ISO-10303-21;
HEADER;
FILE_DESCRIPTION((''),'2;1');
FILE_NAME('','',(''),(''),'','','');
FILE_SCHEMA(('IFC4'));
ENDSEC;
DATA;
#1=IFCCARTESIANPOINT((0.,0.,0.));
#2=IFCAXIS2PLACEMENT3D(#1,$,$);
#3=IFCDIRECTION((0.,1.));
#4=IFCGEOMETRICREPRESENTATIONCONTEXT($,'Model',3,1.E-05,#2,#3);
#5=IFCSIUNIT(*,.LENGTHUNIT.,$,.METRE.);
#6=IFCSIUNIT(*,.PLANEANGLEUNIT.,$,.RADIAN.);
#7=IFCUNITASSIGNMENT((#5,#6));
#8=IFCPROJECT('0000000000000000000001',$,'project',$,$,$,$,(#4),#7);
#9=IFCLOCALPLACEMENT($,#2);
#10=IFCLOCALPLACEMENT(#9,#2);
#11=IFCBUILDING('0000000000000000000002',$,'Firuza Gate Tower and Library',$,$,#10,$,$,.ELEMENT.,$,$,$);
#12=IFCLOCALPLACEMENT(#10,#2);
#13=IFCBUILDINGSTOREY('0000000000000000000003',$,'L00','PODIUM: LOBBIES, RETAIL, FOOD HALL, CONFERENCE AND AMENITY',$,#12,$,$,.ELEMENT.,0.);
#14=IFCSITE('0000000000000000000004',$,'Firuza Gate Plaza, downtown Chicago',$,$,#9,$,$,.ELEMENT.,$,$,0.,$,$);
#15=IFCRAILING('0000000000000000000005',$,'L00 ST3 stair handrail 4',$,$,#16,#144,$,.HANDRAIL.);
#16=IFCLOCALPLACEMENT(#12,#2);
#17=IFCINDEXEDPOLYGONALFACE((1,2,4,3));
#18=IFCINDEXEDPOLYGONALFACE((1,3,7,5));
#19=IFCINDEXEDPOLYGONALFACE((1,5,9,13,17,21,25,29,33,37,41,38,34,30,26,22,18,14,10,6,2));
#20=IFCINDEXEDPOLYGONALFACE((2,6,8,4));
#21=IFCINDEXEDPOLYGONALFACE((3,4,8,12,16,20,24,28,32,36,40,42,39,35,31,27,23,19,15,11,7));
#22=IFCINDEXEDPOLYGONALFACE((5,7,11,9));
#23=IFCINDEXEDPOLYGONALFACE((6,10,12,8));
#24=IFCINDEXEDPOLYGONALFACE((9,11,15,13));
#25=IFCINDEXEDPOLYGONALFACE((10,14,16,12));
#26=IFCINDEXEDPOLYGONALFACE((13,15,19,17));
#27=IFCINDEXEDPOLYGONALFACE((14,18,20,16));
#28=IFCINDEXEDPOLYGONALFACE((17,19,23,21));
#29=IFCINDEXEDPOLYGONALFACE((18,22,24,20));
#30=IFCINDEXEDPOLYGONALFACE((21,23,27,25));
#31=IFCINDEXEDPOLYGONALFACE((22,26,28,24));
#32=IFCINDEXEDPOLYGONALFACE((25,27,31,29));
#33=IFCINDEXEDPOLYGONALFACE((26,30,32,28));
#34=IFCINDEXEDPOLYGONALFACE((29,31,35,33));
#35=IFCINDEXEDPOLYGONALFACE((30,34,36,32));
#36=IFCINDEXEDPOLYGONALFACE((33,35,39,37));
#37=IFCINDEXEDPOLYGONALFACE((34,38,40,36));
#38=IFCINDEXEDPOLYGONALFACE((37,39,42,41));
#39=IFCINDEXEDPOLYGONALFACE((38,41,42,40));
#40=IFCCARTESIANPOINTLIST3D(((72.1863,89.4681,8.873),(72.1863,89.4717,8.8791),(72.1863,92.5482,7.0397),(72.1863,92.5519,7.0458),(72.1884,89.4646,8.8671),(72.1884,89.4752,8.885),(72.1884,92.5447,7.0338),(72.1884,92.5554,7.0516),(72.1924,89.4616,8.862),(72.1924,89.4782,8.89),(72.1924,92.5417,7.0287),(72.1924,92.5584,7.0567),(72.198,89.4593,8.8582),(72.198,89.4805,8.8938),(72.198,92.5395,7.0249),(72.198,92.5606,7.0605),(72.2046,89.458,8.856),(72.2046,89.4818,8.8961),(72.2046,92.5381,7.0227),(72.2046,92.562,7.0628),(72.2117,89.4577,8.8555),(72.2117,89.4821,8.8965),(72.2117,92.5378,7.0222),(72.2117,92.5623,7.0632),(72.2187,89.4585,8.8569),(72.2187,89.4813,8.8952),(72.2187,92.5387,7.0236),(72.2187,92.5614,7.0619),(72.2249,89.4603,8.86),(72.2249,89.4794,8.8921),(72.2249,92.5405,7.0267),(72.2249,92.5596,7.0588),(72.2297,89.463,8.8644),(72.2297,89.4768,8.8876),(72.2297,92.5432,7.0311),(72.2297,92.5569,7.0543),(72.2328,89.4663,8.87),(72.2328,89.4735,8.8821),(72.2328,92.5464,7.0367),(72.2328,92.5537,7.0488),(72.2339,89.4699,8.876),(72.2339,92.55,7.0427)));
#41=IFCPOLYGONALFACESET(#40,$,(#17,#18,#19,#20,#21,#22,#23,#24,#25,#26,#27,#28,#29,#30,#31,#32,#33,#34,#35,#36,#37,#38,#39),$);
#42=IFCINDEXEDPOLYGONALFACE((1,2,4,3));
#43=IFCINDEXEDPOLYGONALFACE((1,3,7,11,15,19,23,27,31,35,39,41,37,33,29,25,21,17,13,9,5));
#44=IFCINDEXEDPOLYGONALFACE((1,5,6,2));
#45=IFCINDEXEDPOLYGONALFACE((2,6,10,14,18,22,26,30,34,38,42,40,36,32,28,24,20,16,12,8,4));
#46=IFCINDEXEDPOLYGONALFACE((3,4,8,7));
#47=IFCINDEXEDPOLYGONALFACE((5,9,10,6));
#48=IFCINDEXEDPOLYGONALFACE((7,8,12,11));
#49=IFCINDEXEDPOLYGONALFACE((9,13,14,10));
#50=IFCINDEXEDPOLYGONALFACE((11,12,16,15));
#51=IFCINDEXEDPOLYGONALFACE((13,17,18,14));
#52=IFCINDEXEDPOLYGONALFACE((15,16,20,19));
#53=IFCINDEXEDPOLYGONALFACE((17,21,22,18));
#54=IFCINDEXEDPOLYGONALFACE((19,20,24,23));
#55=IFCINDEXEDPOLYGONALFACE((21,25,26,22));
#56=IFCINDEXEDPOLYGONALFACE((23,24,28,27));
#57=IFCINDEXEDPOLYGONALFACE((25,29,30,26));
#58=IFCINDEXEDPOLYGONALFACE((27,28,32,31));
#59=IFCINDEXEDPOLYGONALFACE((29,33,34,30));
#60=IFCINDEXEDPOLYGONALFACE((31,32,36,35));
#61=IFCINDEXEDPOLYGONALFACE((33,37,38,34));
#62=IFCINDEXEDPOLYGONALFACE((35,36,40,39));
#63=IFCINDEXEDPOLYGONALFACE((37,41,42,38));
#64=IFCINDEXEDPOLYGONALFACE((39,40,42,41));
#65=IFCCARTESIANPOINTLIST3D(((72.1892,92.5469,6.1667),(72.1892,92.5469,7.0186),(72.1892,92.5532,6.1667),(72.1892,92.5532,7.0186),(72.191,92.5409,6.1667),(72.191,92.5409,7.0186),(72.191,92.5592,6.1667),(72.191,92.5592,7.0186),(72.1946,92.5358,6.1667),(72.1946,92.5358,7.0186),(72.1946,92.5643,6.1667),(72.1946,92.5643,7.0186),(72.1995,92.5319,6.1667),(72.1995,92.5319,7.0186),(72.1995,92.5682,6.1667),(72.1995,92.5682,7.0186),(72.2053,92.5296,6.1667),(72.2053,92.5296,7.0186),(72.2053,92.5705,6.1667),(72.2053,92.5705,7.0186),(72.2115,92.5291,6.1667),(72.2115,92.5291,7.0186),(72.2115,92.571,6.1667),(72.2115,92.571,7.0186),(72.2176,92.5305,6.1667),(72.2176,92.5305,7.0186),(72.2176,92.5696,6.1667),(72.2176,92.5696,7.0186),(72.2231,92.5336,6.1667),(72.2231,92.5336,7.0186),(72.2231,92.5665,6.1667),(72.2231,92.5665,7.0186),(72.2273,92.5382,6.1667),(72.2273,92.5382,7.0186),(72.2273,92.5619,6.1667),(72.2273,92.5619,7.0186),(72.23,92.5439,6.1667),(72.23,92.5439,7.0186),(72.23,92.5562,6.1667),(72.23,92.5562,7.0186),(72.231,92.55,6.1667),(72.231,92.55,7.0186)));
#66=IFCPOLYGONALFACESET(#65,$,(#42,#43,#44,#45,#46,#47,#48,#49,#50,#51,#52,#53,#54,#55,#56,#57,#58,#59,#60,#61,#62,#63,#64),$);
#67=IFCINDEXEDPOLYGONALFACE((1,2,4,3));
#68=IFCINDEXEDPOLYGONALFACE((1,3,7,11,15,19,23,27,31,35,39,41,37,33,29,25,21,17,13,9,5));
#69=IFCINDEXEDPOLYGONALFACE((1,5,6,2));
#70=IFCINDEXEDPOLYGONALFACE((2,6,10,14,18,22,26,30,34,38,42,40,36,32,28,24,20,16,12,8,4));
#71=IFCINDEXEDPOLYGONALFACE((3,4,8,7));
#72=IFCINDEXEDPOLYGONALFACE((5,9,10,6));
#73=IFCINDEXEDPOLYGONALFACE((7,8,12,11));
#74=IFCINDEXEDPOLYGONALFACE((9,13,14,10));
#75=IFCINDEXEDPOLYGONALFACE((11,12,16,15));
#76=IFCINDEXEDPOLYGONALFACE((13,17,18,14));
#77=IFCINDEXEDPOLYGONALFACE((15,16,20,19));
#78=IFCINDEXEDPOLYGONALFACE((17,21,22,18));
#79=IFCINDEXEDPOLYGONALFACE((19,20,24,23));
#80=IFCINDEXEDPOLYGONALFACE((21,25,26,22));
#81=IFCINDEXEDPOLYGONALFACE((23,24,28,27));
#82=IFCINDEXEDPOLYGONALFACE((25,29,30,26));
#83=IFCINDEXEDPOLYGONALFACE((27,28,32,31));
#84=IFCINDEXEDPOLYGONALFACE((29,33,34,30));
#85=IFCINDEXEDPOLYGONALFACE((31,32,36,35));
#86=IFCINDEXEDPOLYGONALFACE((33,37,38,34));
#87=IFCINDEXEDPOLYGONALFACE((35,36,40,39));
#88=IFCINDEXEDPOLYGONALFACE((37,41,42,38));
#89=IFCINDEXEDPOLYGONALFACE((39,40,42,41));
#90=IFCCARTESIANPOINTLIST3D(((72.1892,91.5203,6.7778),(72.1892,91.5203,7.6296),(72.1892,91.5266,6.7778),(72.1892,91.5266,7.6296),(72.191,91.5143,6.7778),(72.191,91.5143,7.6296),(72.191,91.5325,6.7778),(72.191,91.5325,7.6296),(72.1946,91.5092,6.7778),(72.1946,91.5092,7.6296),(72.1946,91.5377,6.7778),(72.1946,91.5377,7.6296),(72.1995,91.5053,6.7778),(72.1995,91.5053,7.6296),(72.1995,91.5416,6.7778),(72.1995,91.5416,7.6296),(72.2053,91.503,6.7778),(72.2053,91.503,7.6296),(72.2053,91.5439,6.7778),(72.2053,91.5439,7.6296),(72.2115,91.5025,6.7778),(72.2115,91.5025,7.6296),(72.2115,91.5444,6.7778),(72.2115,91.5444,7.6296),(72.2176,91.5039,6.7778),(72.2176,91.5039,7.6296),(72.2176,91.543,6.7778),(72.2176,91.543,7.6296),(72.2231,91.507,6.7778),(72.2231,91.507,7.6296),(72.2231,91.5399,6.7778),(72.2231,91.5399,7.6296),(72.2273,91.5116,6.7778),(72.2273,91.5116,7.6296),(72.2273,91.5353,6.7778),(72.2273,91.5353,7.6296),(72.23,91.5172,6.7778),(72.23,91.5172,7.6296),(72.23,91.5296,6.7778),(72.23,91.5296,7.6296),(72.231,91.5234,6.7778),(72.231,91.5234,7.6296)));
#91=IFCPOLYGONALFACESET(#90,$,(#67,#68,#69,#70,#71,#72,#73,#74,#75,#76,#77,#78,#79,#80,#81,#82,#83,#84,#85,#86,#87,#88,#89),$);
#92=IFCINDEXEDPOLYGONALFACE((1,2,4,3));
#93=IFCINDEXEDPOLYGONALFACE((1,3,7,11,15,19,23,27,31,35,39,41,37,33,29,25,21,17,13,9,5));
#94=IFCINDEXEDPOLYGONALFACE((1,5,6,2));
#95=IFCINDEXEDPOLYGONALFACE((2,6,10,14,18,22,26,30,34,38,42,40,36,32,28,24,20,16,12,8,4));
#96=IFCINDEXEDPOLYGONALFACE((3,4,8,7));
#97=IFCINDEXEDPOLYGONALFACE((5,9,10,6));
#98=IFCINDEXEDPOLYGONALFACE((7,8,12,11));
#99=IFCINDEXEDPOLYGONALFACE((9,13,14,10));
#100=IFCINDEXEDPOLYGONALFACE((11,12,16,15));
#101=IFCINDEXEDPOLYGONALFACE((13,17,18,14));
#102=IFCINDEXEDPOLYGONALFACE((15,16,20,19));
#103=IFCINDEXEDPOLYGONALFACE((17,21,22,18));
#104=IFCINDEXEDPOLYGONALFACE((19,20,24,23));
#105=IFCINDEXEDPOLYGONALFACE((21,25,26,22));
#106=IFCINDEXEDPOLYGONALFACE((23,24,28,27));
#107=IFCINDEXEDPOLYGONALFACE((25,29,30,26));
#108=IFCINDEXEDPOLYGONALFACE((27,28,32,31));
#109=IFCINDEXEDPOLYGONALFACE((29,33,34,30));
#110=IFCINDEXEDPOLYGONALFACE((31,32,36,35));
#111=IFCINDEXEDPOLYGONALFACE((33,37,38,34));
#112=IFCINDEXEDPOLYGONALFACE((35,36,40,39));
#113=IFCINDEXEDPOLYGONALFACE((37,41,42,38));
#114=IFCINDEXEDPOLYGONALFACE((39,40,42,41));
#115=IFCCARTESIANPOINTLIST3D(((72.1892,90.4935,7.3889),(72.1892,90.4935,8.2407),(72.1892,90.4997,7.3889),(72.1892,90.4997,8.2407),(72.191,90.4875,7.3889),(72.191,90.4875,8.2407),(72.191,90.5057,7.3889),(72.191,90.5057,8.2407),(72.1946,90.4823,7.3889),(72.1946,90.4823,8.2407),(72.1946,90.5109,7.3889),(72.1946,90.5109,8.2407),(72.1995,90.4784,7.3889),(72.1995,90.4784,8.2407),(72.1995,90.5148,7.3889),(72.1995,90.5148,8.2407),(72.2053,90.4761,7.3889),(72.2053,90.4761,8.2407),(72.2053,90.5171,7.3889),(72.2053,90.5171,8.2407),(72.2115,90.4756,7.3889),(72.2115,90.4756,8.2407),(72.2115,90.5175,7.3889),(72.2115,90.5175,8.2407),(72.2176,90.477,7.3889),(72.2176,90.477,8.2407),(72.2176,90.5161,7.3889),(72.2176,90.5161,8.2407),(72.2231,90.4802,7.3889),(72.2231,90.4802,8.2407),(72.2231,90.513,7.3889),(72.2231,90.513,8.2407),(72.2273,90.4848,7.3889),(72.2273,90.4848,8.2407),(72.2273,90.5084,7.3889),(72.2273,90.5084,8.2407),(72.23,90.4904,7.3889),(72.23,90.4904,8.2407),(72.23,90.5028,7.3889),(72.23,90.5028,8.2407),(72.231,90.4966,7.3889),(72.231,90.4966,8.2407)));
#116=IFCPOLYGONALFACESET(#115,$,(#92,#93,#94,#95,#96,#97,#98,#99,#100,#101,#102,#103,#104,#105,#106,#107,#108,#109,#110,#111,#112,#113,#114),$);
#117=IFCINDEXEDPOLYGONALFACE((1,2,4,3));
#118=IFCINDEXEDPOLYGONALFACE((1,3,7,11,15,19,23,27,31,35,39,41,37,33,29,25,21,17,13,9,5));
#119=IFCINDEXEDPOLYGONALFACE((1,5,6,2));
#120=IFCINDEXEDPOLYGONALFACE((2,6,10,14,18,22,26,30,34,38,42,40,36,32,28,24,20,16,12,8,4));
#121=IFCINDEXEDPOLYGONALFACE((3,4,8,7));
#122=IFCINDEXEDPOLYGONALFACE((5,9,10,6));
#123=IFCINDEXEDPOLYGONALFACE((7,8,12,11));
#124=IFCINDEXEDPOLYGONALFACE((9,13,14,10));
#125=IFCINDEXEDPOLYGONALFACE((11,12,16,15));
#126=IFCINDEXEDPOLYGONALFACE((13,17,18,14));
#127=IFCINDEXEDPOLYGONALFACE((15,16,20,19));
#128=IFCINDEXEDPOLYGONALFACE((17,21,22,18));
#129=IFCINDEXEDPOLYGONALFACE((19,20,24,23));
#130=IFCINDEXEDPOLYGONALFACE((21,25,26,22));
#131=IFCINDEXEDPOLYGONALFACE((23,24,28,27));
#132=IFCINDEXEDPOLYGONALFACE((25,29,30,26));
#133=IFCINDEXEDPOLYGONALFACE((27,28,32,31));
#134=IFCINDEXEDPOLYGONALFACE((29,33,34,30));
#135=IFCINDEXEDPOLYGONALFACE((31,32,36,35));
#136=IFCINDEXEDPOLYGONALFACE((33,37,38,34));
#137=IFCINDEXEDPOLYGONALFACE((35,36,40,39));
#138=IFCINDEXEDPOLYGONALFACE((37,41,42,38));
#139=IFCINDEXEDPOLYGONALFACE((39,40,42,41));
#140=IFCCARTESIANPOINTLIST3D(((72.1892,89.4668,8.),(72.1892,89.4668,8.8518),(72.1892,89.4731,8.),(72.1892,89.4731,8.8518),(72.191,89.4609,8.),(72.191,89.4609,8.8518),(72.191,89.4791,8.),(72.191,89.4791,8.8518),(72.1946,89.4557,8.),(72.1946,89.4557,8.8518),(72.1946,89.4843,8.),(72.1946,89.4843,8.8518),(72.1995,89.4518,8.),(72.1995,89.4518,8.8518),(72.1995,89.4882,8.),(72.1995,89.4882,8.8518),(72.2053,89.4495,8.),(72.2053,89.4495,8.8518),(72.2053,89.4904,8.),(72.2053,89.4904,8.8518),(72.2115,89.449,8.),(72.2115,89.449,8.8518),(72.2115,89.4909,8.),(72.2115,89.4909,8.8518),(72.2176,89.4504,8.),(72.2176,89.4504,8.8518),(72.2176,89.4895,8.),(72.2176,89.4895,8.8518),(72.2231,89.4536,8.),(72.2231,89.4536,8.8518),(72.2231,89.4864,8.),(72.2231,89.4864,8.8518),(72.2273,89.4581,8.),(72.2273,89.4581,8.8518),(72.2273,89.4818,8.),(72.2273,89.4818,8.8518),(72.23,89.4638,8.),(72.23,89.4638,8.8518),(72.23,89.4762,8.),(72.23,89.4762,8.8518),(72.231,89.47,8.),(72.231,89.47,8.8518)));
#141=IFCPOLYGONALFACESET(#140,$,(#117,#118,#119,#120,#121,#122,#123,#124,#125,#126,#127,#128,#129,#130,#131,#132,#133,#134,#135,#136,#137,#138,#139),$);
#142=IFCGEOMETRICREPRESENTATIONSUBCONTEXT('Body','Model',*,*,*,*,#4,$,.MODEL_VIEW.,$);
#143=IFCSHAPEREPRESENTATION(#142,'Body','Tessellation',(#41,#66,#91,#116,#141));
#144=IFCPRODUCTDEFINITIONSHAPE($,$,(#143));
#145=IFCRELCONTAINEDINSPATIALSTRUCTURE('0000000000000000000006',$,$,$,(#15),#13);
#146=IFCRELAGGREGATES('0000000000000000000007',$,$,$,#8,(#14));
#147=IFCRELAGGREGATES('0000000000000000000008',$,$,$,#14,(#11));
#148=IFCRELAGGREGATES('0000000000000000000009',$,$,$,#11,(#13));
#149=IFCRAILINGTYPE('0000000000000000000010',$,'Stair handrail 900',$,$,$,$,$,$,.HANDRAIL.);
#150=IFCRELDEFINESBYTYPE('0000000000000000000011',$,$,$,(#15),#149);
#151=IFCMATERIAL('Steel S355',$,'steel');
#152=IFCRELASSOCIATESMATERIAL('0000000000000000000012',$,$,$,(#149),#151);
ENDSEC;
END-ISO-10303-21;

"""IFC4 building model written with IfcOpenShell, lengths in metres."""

from ifc_helpers import new_model, si_unit, direction, frame, origin, origin_2d, place, context, subcontext, project, spatial, circle, extrude, material, type_object, element, save


model = new_model("IFC4")

# Units and contexts
model_context = context("Model", 3, precision=1e-05, world=origin(), true_north=direction((0.0, 1.0)))
body_context = subcontext(model_context, "Body", "Model", "MODEL_VIEW")
ifc_project = project(units=[si_unit("LENGTHUNIT", "METRE"), si_unit("PLANEANGLEUNIT", "RADIAN")], contexts=[model_context])

# Site, building, storey
site_placement = place(None, origin())
site = spatial("IfcSite", under=ifc_project, at=site_placement, Name="Firuza Gate Plaza, downtown Chicago", CompositionType="ELEMENT", RefElevation=0.0)
building_placement = place(site_placement, origin())
building = spatial("IfcBuilding", under=site, at=building_placement, Name="Firuza Gate Tower and Library", CompositionType="ELEMENT")
storey_placement = place(building_placement, origin())
storey = spatial("IfcBuildingStorey", under=building, at=storey_placement, Name="L00", Description="PODIUM: LOBBIES, RETAIL, FOOD HALL, CONFERENCE AND AMENITY", CompositionType="ELEMENT", Elevation=0.0)

# Railing
ifc_material_1 = material(Name="Steel S355", Category="steel")
railing_type = type_object("IfcRailingType", Name="Stair handrail 900", PredefinedType="HANDRAIL", material=ifc_material_1)
railing_1_placement = place(storey_placement, frame((72.21, 92.55, 6.1667)))
element("IfcRailing", 1, at=railing_1_placement, inside=storey, type_object=railing_type, Name="L00 ST3 stair handrail 4", PredefinedType="HANDRAIL", context=body_context, shape_type="SweptSolid", body=[
    extrude(circle(Radius=0.0239, at=origin_2d()), frame((0.0, 0.0, 0.876), z_axis=(0.0, -0.859309, 0.511458), x_axis=(1.0, 0.0, 0.0)), (0.0, 0.0, 1.0), 3.5845),
    extrude(circle(Radius=0.021, at=origin_2d()), origin(), (0.0, 0.0, 1.0), 0.8518),
    extrude(circle(Radius=0.021, at=origin_2d()), frame((0.0, -1.0266, 0.6111)), (0.0, 0.0, 1.0), 0.8518),
    extrude(circle(Radius=0.021, at=origin_2d()), frame((0.0, -2.0535, 1.2222)), (0.0, 0.0, 1.0), 0.8518),
    extrude(circle(Radius=0.021, at=origin_2d()), frame((0.0, -3.0801, 1.8333)), (0.0, 0.0, 1.0), 0.8518),
])

save(model, "model.ifc")
